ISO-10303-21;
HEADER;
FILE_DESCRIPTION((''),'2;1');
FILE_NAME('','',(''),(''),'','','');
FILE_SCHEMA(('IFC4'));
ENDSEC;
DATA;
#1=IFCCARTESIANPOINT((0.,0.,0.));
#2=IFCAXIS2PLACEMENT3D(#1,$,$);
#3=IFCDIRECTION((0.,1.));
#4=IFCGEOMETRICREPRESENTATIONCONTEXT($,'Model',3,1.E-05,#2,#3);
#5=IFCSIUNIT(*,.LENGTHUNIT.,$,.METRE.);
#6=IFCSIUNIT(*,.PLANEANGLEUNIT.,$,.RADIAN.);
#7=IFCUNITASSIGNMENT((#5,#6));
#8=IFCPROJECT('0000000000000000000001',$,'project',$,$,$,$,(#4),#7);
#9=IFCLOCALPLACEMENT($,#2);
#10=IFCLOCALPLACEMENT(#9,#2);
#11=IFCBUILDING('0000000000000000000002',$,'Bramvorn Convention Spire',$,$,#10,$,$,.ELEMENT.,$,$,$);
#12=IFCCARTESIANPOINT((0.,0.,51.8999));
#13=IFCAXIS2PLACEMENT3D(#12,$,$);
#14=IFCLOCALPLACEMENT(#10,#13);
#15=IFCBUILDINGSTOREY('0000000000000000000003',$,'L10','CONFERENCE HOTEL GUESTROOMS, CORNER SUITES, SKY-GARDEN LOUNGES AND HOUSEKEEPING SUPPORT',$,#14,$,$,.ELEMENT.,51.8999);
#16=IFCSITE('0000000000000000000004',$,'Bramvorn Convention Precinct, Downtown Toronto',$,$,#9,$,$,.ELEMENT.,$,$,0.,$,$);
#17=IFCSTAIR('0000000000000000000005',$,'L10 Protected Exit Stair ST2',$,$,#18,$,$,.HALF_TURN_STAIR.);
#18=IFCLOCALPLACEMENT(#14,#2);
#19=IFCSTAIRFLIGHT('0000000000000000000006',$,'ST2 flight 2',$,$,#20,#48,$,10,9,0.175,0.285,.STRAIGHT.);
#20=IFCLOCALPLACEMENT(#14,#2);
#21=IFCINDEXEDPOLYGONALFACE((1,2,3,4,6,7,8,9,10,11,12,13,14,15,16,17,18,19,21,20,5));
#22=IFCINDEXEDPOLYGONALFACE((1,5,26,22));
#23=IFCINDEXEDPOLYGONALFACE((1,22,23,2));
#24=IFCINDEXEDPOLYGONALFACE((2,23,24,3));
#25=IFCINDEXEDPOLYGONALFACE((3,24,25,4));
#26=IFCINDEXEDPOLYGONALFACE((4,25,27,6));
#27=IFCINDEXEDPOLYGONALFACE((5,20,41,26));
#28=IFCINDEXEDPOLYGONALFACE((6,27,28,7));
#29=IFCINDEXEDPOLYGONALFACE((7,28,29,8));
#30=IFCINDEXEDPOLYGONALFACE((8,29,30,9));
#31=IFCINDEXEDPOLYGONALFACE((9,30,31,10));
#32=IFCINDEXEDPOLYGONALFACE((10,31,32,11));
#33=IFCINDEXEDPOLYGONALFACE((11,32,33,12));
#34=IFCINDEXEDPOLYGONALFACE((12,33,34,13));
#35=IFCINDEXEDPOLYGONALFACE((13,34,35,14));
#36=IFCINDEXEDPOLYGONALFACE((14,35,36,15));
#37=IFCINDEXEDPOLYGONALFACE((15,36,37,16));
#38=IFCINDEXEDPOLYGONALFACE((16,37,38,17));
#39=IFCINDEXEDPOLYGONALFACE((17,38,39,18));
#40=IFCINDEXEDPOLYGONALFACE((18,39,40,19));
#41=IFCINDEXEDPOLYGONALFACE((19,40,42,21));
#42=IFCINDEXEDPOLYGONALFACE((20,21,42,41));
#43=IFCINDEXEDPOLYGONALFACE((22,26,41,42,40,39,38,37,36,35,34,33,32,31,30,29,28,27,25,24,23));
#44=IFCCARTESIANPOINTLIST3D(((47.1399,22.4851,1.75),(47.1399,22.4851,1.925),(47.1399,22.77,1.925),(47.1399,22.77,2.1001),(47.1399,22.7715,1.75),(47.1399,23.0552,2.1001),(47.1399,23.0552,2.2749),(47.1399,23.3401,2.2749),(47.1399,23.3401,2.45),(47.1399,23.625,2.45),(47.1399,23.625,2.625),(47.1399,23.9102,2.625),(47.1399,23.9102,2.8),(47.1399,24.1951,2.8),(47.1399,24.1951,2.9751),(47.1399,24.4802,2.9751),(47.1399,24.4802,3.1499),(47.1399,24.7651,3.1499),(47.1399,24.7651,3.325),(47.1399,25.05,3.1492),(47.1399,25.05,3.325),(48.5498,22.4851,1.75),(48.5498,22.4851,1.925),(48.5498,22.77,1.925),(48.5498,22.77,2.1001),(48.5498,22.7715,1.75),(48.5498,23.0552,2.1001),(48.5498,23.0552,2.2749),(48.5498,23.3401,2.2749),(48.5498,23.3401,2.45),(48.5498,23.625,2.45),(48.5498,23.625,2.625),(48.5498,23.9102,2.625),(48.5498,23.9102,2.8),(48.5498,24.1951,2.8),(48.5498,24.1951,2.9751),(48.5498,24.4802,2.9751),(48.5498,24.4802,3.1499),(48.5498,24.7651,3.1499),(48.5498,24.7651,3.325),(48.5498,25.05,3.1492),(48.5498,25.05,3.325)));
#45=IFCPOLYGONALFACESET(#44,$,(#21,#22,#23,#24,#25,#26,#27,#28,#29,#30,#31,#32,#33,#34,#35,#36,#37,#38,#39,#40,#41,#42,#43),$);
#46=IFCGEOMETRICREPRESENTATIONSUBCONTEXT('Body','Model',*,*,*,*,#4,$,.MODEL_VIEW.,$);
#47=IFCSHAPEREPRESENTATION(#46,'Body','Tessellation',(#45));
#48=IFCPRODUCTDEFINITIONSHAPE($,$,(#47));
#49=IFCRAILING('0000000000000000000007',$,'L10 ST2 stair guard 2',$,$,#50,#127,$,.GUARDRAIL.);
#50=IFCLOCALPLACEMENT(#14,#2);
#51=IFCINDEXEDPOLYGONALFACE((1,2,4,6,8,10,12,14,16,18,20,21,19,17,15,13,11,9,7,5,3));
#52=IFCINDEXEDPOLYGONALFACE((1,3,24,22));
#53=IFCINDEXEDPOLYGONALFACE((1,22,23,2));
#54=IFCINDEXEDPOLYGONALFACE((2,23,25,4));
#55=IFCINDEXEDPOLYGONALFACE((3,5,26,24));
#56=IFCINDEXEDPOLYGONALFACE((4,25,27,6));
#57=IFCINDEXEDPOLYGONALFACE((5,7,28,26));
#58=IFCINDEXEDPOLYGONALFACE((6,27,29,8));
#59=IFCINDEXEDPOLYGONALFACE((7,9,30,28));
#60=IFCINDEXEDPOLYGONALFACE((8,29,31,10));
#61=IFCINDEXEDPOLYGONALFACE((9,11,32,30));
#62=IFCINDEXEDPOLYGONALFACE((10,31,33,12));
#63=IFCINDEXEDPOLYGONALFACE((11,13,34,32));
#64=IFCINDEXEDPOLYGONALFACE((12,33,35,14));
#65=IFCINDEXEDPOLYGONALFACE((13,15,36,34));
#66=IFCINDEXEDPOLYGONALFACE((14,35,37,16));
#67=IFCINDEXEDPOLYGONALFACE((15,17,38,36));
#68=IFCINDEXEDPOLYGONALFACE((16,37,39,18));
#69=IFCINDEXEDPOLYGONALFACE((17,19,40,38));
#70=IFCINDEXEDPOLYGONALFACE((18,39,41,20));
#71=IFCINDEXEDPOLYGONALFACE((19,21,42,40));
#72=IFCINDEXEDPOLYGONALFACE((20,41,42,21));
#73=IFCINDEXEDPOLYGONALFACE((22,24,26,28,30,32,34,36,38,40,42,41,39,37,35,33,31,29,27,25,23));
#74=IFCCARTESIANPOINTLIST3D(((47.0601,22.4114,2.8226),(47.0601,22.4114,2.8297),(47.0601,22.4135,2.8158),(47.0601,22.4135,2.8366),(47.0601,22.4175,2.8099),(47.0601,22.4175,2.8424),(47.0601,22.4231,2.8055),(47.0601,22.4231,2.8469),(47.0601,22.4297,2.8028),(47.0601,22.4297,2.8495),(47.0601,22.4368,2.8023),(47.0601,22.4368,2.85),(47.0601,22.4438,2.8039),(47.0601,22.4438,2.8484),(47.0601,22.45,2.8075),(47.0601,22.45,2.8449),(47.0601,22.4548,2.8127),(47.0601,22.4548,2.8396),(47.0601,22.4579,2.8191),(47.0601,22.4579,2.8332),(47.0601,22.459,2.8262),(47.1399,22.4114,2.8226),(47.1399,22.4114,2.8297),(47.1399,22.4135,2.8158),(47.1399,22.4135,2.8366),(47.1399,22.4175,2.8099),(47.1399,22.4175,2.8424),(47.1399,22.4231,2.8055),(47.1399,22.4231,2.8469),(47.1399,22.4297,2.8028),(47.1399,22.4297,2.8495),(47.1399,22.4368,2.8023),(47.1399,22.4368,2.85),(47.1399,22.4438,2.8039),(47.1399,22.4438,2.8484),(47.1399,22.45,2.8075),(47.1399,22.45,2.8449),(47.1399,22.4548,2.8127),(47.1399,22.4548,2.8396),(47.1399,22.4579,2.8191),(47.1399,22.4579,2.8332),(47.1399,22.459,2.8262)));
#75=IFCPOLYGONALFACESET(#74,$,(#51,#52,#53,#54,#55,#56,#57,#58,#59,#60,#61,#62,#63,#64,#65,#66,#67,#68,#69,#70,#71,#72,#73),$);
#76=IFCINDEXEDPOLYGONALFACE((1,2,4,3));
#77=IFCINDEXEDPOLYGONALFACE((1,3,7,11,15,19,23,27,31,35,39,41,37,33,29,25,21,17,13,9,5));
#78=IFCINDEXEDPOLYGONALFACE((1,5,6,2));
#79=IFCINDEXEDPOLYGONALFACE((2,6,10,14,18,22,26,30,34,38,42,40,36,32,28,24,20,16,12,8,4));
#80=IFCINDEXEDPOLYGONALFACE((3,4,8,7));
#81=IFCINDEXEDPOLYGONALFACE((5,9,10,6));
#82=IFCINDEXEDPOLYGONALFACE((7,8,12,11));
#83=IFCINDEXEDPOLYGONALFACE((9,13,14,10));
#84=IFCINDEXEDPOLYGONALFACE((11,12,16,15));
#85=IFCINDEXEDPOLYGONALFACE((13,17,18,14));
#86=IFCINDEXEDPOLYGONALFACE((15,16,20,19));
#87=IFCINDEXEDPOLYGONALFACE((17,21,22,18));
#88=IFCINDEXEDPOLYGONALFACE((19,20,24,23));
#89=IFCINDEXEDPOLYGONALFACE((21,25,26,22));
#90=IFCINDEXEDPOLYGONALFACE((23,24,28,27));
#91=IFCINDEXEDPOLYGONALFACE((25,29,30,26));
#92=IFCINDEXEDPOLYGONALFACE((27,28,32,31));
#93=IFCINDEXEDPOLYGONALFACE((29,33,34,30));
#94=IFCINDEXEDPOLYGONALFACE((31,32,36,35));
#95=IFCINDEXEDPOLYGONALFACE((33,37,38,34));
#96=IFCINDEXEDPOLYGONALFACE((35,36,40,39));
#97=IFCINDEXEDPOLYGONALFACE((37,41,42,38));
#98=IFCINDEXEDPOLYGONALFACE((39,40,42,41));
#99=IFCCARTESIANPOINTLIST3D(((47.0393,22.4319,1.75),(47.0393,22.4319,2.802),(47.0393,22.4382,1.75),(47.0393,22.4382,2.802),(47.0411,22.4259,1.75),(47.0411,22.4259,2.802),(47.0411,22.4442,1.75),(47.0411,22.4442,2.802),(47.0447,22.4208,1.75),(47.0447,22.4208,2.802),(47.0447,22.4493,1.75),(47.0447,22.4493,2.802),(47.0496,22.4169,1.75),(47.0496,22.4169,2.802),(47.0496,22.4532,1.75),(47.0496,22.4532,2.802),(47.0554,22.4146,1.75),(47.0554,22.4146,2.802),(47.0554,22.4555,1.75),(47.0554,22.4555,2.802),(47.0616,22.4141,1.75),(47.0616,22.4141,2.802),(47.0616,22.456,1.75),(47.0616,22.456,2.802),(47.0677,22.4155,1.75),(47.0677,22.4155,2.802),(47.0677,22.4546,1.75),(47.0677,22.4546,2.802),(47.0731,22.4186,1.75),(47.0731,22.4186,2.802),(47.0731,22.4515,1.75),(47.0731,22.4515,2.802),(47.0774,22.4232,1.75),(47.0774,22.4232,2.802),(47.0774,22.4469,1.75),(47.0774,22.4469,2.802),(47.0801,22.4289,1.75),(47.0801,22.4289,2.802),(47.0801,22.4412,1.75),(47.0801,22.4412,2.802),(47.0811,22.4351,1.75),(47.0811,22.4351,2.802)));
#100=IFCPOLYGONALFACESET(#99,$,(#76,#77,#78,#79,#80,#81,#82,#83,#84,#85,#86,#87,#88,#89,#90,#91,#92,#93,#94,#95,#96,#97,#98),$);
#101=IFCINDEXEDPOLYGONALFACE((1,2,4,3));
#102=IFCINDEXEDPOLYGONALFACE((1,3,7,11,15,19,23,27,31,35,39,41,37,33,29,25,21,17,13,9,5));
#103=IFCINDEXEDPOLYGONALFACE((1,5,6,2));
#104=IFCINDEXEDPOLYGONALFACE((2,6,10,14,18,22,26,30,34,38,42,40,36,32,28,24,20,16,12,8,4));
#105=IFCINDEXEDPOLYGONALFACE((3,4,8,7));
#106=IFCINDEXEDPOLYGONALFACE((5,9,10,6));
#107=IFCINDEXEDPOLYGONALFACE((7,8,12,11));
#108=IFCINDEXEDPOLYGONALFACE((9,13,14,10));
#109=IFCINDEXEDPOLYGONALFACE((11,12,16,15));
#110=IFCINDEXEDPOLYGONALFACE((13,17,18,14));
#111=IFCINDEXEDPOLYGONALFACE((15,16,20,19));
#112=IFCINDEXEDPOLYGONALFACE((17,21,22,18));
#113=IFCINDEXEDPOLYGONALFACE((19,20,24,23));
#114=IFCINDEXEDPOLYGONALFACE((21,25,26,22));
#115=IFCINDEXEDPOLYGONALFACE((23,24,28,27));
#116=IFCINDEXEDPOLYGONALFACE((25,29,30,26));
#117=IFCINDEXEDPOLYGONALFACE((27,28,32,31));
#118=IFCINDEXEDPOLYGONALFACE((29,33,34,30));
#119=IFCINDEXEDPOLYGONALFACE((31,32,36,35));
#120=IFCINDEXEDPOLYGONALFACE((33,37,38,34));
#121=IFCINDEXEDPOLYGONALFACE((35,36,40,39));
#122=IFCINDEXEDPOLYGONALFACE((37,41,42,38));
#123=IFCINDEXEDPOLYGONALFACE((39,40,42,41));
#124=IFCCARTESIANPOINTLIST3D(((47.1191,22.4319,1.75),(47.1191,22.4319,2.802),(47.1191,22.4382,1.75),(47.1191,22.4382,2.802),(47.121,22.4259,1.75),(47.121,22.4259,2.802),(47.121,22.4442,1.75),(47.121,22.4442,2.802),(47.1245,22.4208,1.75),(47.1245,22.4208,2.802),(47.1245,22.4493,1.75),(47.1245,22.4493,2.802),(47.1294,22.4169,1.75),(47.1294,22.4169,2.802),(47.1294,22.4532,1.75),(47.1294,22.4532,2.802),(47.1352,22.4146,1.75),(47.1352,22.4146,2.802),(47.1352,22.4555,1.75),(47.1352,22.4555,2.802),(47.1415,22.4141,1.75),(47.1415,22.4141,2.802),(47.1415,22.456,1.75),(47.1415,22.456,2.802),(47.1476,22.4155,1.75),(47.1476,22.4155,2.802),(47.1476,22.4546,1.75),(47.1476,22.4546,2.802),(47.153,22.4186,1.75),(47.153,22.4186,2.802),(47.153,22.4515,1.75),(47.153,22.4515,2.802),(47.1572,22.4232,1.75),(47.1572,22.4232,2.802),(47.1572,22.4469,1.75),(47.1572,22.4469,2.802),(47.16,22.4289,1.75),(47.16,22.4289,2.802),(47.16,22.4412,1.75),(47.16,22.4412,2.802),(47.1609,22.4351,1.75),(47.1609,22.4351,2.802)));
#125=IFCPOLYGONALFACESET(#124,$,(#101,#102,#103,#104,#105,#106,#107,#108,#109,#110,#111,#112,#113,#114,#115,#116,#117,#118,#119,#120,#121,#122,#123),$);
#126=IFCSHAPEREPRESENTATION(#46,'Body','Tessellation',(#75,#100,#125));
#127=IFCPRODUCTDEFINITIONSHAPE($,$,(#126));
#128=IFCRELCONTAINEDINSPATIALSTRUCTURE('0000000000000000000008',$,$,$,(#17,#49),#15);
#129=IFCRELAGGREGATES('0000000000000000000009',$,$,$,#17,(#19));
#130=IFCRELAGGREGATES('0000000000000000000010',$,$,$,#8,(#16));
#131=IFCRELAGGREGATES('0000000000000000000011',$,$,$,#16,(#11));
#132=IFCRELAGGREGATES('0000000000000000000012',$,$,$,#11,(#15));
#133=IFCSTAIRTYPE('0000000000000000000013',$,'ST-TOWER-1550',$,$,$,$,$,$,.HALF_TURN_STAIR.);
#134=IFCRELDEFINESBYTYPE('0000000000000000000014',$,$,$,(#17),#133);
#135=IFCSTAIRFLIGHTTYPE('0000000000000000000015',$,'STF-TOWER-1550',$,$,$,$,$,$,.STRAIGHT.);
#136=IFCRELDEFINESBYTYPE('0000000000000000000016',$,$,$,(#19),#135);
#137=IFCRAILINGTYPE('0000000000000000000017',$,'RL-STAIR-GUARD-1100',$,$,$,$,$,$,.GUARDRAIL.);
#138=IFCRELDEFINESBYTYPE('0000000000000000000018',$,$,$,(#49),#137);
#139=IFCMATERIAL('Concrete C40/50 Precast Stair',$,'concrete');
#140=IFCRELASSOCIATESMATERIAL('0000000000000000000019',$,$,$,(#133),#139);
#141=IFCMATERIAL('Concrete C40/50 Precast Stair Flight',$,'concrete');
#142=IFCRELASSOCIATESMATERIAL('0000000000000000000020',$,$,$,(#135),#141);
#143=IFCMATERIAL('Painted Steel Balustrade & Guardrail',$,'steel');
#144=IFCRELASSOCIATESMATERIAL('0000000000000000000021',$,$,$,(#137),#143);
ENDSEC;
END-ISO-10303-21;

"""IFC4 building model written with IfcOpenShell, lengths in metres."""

from ifc_helpers import new_model, si_unit, direction, frame, origin, origin_2d, place, context, subcontext, project, spatial, polyline, circle, outline, extrude, material, type_object, element, aggregate, save


model = new_model("IFC4")

# Units and contexts
model_context = context("Model", 3, precision=1e-05, world=origin(), true_north=direction((0.0, 1.0)))
body_context = subcontext(model_context, "Body", "Model", "MODEL_VIEW")
ifc_project = project(units=[si_unit("LENGTHUNIT", "METRE"), si_unit("PLANEANGLEUNIT", "RADIAN")], contexts=[model_context])

# Site, building, storey
site_placement = place(None, origin())
site = spatial("IfcSite", under=ifc_project, at=site_placement, Name="Bramvorn Convention Precinct, Downtown Toronto", CompositionType="ELEMENT", RefElevation=0.0)
building_placement = place(site_placement, origin())
building = spatial("IfcBuilding", under=site, at=building_placement, Name="Bramvorn Convention Spire", CompositionType="ELEMENT")
storey_placement = place(building_placement, frame((0.0, 0.0, 51.8999)))
storey = spatial("IfcBuildingStorey", under=building, at=storey_placement, Name="L10", Description="CONFERENCE HOTEL GUESTROOMS, CORNER SUITES, SKY-GARDEN LOUNGES AND HOUSEKEEPING SUPPORT", CompositionType="ELEMENT", Elevation=51.8999)

# Stair, stair flight
ifc_material_1 = material(Name="Concrete C40/50 Precast Stair", Category="concrete")
stair_type = type_object("IfcStairType", Name="ST-TOWER-1550", PredefinedType="HALF_TURN_STAIR", material=ifc_material_1)
stair_placement = place(storey_placement, origin())
stair = element("IfcStair", 1, at=stair_placement, inside=storey, type_object=stair_type, Name="L10 Protected Exit Stair ST2", PredefinedType="HALF_TURN_STAIR")
ifc_material_2 = material(Name="Concrete C40/50 Precast Stair Flight", Category="concrete")
stair_flight_type = type_object("IfcStairFlightType", Name="STF-TOWER-1550", PredefinedType="STRAIGHT", material=ifc_material_2)
stair_flight_placement = place(storey_placement, frame((47.845, 22.4851, 1.75), z_axis=(0.0, 0.0, 1.0), x_axis=(0.0, 1.0, 0.0)))
stair_flight = element("IfcStairFlight", 2, at=stair_flight_placement, type_object=stair_flight_type, Name="ST2 flight 2", NumberOfRisers=10, NumberOfTreads=9, PredefinedType="STRAIGHT", RiserHeight=0.175, TreadLength=0.285, context=body_context, shape_type="SweptSolid", body=[
    extrude(outline(polyline([(0.0, 0.0), (0.0, 0.175), (0.2849, 0.175), (0.2849, 0.3501), (0.5701, 0.3501), (0.5701, 0.5249), (0.855, 0.5249), (0.855, 0.7), (1.1399, 0.7), (1.1399, 0.875), (1.425, 0.875), (1.425, 1.05), (1.71, 1.05), (1.71, 1.2251), (1.9951, 1.2251), (1.9951, 1.3999), (2.28, 1.3999), (2.28, 1.575), (2.5649, 1.575), (2.5649, 1.75), (2.5649, 1.3992), (0.2864, 0.0), (0.0, 0.0)])), frame((0.0, 0.7051, 0.0), z_axis=(0.0, -1.0, 0.0), x_axis=(1.0, 0.0, 0.0)), (0.0, 0.0, 1.0), 1.4099),
])
aggregate(stair, [stair_flight])

# Railing
ifc_material_3 = material(Name="Painted Steel Balustrade & Guardrail", Category="steel")
railing_type = type_object("IfcRailingType", Name="RL-STAIR-GUARD-1100", PredefinedType="GUARDRAIL", material=ifc_material_3)
railing_1_placement = place(storey_placement, frame((47.0601, 22.4351, 1.75)))
element("IfcRailing", 3, at=railing_1_placement, inside=storey, type_object=railing_type, Name="L10 ST2 stair guard 2", PredefinedType="GUARDRAIL", context=body_context, shape_type="SweptSolid", body=[
    extrude(circle(Radius=0.0239, at=origin_2d()), frame((0.0, 0.0, 1.0762), z_axis=(1.0, 0.0, 0.0), x_axis=(0.0, 1.0, 0.0)), (0.0, 0.0, 1.0), 0.0798),
    extrude(circle(Radius=0.021, at=origin_2d()), origin(), (0.0, 0.0, 1.0), 1.052),
    extrude(circle(Radius=0.021, at=origin_2d()), frame((0.0798, 0.0, 0.0)), (0.0, 0.0, 1.0), 1.052),
])

save(model, "model.ifc")
